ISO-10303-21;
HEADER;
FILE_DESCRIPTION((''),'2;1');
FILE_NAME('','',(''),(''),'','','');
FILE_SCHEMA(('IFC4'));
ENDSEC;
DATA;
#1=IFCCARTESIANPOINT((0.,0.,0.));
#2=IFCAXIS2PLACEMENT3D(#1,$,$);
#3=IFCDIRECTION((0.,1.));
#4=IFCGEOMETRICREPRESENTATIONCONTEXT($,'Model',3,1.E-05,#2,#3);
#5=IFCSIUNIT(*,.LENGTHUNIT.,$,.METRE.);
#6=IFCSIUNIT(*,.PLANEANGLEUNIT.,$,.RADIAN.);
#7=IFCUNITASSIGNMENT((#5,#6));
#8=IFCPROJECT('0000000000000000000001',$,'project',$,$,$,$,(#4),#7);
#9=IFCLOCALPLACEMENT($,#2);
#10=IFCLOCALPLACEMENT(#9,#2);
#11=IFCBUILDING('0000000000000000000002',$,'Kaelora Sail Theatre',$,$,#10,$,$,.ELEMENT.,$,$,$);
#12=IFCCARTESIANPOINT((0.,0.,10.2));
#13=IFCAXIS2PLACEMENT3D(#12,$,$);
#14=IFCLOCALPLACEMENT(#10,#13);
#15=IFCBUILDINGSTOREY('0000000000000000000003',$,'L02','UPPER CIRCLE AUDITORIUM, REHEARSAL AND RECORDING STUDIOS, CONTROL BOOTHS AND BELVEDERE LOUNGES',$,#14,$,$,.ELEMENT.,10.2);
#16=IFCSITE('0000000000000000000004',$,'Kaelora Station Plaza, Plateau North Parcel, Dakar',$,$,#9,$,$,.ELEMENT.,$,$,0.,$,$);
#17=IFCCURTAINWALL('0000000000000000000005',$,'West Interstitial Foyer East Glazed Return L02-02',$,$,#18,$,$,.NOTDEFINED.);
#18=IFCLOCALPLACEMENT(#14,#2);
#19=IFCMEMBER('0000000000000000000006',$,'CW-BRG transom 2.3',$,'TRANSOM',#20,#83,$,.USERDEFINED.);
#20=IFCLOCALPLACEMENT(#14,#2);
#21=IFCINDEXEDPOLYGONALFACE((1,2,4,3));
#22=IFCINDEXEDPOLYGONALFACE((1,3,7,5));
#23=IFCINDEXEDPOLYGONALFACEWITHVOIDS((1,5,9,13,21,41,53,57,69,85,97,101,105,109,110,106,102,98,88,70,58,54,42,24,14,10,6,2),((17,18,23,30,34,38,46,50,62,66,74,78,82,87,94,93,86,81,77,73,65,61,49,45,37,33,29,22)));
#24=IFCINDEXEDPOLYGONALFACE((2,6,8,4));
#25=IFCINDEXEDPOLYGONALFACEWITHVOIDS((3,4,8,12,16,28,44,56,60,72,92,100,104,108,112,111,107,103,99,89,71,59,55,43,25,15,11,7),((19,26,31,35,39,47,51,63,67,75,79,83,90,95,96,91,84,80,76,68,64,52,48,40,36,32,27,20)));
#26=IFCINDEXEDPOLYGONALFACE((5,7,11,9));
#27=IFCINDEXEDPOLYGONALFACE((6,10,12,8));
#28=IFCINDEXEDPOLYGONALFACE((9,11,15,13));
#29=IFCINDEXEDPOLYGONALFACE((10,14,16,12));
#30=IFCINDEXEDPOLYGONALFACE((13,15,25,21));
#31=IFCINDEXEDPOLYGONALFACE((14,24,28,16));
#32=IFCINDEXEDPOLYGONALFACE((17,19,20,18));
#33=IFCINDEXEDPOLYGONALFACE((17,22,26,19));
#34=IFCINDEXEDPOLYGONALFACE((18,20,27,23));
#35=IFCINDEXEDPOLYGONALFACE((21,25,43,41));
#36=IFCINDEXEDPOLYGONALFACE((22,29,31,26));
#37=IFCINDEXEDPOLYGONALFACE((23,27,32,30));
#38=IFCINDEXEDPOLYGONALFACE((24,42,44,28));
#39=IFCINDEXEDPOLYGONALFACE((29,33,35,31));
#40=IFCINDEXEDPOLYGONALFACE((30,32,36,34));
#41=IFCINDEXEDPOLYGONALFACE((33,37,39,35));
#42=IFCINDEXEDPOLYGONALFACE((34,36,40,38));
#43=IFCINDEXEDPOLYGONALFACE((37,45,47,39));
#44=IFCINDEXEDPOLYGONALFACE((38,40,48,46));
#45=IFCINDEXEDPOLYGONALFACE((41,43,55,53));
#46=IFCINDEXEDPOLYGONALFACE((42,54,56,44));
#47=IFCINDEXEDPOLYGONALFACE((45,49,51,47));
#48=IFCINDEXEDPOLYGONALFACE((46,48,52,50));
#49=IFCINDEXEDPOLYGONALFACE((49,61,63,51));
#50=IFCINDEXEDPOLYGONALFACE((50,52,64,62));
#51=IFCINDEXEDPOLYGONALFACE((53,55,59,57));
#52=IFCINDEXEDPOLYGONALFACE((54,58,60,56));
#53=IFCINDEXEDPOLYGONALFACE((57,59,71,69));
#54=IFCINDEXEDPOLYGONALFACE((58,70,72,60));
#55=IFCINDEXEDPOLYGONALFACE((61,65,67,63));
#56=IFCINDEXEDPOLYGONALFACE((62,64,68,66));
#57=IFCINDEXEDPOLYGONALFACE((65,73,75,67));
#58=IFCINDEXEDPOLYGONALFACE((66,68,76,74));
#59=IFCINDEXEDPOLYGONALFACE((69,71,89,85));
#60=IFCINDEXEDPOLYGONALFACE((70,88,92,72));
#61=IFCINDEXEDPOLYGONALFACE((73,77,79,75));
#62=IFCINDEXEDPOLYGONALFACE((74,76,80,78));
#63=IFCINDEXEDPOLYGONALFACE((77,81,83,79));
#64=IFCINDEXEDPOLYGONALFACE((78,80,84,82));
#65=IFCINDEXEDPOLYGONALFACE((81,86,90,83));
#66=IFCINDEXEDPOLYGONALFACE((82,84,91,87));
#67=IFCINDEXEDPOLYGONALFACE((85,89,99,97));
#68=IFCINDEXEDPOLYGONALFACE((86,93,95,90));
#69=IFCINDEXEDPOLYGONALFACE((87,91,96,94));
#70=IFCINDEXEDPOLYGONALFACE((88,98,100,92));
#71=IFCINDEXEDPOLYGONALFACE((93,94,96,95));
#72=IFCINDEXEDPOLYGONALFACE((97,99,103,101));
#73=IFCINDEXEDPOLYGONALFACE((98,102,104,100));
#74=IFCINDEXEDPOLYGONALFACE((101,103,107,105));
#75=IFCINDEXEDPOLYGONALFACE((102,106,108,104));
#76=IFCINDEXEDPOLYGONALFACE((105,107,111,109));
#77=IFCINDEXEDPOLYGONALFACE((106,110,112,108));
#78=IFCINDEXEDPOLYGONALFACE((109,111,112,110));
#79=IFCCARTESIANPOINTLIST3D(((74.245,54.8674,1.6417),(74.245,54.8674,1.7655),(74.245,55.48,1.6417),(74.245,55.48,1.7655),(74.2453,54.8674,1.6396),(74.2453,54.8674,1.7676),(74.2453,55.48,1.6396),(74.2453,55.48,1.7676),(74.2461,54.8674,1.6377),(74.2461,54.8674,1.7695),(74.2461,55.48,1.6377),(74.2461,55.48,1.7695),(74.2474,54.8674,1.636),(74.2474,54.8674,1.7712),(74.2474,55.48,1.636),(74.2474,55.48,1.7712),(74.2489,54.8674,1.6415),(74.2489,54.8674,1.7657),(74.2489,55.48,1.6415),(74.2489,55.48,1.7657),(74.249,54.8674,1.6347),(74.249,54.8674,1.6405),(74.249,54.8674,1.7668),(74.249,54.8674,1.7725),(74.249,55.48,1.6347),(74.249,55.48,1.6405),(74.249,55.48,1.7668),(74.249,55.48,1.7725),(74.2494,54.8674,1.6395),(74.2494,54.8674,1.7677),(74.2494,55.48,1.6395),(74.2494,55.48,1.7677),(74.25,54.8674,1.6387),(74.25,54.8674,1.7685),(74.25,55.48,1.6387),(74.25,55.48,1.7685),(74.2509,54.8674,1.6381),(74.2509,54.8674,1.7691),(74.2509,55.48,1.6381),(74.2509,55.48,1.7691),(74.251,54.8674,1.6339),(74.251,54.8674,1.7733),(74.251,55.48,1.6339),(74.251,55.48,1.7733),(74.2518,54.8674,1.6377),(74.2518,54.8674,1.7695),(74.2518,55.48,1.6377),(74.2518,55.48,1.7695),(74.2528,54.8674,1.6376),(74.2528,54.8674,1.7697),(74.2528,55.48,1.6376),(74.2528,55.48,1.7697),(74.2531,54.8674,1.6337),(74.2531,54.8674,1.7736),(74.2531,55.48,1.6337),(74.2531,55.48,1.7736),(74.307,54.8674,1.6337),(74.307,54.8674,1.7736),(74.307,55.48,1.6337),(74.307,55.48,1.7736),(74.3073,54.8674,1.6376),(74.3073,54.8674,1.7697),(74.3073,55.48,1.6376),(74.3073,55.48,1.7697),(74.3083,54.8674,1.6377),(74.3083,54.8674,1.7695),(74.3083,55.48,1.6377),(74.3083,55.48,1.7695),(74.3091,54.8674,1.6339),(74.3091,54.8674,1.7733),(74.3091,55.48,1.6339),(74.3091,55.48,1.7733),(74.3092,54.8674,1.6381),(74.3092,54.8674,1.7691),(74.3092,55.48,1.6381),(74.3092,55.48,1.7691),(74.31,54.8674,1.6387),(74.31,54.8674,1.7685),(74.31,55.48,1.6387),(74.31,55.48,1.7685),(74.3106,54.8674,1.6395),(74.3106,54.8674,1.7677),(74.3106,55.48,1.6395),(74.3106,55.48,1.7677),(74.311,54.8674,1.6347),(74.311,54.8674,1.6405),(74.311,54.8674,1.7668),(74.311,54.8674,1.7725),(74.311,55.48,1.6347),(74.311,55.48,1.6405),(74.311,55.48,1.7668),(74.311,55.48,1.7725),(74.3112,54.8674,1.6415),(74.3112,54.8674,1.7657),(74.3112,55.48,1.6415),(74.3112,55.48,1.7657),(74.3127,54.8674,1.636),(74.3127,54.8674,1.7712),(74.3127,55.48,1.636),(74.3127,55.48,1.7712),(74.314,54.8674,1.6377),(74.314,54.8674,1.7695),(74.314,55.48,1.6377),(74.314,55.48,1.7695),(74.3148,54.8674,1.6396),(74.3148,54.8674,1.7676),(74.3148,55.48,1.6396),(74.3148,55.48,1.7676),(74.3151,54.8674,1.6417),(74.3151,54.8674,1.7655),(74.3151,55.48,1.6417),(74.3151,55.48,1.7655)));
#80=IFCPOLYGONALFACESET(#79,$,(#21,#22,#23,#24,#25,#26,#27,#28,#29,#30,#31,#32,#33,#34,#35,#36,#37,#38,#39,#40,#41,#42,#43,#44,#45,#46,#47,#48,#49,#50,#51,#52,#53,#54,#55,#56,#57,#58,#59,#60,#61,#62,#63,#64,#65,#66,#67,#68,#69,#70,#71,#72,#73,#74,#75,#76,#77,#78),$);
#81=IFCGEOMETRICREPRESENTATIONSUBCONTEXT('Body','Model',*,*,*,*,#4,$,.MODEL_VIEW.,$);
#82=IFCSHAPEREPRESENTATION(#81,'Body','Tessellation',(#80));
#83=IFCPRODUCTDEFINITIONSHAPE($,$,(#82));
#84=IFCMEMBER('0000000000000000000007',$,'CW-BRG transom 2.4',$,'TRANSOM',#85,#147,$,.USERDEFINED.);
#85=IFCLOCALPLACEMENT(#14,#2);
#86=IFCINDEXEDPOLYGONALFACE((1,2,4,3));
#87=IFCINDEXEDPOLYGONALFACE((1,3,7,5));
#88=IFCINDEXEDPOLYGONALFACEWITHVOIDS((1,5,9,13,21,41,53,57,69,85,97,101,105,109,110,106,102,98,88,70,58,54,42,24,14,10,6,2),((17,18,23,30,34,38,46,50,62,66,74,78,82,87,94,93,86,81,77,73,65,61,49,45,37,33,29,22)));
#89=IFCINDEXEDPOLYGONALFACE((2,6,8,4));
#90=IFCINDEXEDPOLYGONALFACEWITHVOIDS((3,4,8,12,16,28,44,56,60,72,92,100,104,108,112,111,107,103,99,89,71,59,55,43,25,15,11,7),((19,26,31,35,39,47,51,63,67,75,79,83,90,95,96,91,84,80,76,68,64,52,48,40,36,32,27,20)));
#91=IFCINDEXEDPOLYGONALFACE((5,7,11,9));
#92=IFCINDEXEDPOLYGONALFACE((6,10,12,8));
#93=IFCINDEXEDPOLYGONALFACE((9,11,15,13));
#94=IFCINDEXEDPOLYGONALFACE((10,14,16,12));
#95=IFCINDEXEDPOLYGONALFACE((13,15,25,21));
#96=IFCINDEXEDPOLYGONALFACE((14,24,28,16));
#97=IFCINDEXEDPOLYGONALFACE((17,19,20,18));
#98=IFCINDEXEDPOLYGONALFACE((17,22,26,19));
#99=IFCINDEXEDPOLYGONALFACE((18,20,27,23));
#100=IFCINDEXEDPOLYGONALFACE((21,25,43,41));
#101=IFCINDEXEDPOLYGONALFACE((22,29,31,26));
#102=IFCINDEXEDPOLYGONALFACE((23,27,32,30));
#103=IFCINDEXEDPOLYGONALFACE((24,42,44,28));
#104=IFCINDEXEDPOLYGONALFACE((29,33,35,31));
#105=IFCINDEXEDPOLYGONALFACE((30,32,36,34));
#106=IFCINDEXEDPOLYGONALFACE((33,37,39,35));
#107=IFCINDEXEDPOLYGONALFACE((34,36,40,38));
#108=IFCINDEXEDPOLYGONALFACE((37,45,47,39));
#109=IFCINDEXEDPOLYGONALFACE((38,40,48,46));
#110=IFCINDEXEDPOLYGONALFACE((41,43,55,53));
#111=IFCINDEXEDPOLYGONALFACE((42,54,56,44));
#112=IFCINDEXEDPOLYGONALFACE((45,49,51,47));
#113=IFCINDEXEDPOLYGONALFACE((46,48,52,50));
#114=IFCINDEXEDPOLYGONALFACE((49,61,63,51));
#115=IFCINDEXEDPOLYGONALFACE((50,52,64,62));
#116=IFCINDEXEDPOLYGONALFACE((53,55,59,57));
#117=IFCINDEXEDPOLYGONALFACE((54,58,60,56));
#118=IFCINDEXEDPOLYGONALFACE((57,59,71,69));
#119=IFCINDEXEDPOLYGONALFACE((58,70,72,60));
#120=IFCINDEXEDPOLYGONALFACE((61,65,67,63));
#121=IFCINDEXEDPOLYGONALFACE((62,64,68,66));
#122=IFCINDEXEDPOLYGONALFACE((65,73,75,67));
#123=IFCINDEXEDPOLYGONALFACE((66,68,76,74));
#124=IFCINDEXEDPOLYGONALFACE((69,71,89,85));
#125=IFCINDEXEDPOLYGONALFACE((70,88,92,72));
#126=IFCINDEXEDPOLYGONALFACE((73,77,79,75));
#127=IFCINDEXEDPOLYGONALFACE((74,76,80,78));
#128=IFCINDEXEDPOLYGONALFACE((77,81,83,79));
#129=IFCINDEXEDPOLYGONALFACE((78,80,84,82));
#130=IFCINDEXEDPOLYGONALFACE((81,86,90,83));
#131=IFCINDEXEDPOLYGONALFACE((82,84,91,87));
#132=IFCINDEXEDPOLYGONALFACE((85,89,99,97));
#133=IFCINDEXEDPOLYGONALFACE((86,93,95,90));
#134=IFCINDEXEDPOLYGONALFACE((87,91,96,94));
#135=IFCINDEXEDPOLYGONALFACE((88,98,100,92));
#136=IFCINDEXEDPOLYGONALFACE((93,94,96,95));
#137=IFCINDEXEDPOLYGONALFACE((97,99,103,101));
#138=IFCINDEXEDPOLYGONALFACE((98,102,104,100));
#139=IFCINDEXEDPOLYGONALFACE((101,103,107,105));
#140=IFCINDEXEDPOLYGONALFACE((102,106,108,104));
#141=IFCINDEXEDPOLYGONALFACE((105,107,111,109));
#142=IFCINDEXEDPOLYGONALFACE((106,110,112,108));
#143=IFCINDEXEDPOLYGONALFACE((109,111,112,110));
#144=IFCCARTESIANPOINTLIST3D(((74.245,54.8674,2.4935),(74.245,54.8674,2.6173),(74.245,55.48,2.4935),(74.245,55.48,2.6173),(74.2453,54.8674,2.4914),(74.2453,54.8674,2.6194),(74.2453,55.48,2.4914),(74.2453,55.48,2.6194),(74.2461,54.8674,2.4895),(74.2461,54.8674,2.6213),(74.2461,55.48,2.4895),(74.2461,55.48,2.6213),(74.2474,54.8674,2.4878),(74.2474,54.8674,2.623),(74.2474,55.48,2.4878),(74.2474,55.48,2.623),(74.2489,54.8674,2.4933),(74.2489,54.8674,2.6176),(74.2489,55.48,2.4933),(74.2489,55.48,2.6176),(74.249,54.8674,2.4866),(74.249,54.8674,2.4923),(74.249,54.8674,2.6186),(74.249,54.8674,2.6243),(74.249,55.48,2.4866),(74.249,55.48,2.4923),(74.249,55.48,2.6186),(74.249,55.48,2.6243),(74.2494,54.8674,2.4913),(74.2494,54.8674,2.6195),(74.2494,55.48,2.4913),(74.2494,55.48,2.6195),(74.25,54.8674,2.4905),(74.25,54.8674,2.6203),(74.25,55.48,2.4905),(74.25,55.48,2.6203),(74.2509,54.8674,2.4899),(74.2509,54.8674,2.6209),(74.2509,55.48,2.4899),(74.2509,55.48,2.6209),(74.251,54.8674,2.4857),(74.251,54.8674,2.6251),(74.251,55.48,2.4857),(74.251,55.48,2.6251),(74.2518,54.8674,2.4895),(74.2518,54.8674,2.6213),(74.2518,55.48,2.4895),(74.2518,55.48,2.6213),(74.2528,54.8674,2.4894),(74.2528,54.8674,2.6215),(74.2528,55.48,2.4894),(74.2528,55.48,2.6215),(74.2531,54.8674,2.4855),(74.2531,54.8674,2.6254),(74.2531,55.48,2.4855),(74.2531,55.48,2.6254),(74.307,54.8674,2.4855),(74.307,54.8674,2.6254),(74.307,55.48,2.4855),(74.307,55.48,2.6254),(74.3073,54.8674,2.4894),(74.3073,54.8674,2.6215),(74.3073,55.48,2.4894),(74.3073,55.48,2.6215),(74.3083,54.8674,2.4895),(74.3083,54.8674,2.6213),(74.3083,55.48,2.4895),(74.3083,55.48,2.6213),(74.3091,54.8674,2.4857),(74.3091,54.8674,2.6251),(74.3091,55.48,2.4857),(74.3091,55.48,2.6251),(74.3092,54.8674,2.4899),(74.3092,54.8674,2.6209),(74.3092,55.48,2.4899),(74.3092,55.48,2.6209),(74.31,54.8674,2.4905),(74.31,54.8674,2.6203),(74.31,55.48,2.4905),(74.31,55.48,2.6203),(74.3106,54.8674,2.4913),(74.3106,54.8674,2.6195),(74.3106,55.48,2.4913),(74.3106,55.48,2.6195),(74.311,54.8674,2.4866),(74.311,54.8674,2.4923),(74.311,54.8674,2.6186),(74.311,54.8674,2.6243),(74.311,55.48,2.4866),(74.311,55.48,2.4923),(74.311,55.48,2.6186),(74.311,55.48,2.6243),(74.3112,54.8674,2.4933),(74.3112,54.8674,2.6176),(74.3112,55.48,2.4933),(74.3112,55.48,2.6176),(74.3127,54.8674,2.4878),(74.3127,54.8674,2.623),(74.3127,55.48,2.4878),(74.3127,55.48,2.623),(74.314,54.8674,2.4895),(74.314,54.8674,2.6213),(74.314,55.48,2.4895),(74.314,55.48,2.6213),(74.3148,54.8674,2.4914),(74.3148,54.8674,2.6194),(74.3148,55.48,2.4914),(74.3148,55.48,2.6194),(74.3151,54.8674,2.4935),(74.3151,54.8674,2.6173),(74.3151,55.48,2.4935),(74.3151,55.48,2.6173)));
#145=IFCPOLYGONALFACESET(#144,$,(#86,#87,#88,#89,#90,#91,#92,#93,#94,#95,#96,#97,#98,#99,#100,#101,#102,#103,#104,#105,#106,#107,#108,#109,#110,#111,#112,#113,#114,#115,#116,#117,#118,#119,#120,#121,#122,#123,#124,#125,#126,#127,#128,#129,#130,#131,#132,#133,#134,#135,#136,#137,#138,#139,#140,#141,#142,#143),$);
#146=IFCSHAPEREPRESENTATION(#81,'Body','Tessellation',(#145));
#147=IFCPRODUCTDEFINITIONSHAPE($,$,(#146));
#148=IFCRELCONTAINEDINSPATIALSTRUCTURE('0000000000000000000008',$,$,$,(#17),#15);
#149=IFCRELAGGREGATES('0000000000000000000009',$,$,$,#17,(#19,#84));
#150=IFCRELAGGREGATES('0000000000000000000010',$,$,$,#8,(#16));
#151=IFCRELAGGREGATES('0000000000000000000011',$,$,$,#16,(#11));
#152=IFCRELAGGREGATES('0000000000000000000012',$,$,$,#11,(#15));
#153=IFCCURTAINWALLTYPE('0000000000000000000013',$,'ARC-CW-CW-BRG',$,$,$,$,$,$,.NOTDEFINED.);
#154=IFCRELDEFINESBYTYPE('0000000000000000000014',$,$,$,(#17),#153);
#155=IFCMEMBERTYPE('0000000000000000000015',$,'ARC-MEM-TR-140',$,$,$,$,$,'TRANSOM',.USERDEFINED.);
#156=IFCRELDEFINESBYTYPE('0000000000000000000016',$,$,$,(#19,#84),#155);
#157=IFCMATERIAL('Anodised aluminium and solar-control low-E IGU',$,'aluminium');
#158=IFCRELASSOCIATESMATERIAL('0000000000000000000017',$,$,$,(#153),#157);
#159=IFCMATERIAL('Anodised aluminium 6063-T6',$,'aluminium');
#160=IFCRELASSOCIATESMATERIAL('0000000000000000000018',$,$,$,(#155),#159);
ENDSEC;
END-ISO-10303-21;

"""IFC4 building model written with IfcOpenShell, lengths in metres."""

from ifc_helpers import new_model, si_unit, direction, frame, origin, origin_2d, place, context, subcontext, project, spatial, hollow_rectangle, extrude, material, material_profile, profile_set, type_object, element, aggregate, save


model = new_model("IFC4")

# Units and contexts
model_context = context("Model", 3, precision=1e-05, world=origin(), true_north=direction((0.0, 1.0)))
body_context = subcontext(model_context, "Body", "Model", "MODEL_VIEW")
ifc_project = project(units=[si_unit("LENGTHUNIT", "METRE"), si_unit("PLANEANGLEUNIT", "RADIAN")], contexts=[model_context])

# Site, building, storey
site_placement = place(None, origin())
site = spatial("IfcSite", under=ifc_project, at=site_placement, Name="Kaelora Station Plaza, Plateau North Parcel, Dakar", CompositionType="ELEMENT", RefElevation=0.0)
building_placement = place(site_placement, origin())
building = spatial("IfcBuilding", under=site, at=building_placement, Name="Kaelora Sail Theatre", CompositionType="ELEMENT")
storey_placement = place(building_placement, frame((0.0, 0.0, 10.2)))
storey = spatial("IfcBuildingStorey", under=building, at=storey_placement, Name="L02", Description="UPPER CIRCLE AUDITORIUM, REHEARSAL AND RECORDING STUDIOS, CONTROL BOOTHS AND BELVEDERE LOUNGES", CompositionType="ELEMENT", Elevation=10.2)

# Curtain wall, members
ifc_material_1 = material(Name="Anodised aluminium and solar-control low-E IGU", Category="aluminium")
curtain_wall_type = type_object("IfcCurtainWallType", Name="ARC-CW-CW-BRG", PredefinedType="NOTDEFINED", material=ifc_material_1)
ifc_material_2 = material(Name="Anodised aluminium 6063-T6", Category="aluminium")
ifc_material_profile_1 = material_profile(ifc_material_2, hollow_rectangle(XDim=0.0701, YDim=0.1399, WallThickness=0.0039, InnerFilletRadius=0.0039, OuterFilletRadius=0.0081, at=origin_2d()), Name="ALU-TRAN 70x140x4")
ifc_profile_set_1 = profile_set([ifc_material_profile_1], Name="Anodised aluminium 6063-T6")
member_type_1 = type_object("IfcMemberType", Name="ARC-MEM-TR-140", ElementType="TRANSOM", PredefinedType="USERDEFINED", material=ifc_profile_set_1)
curtain_wall_1_placement = place(storey_placement, origin())
curtain_wall_1 = element("IfcCurtainWall", 1, at=curtain_wall_1_placement, inside=storey, type_object=curtain_wall_type, Name="West Interstitial Foyer East Glazed Return L02-02", PredefinedType="NOTDEFINED")
member_1_placement = place(storey_placement, frame((74.28, 54.8674, 1.7036), z_axis=(0.0, 1.0, 0.0), x_axis=(-1.0, 0.0, 0.0)))
member_1 = element("IfcMember", 2, at=member_1_placement, type_object=member_type_1, Name="CW-BRG transom 2.3", ObjectType="TRANSOM", PredefinedType="USERDEFINED", context=body_context, shape_type="SweptSolid", body=[
    extrude(hollow_rectangle(XDim=0.0701, YDim=0.1399, WallThickness=0.0039, InnerFilletRadius=0.0039, OuterFilletRadius=0.0081, at=origin_2d()), origin(), (0.0, 0.0, 1.0), 0.6125),
])
member_2_placement = place(storey_placement, frame((74.28, 54.8674, 2.5554), z_axis=(0.0, 1.0, 0.0), x_axis=(-1.0, 0.0, 0.0)))
member_2 = element("IfcMember", 3, at=member_2_placement, type_object=member_type_1, Name="CW-BRG transom 2.4", ObjectType="TRANSOM", PredefinedType="USERDEFINED", context=body_context, shape_type="SweptSolid", body=[
    extrude(hollow_rectangle(XDim=0.0701, YDim=0.1399, WallThickness=0.0039, InnerFilletRadius=0.0039, OuterFilletRadius=0.0081, at=origin_2d()), origin(), (0.0, 0.0, 1.0), 0.6125),
])

aggregate(curtain_wall_1, [member_1, member_2])

save(model, "model.ifc")
